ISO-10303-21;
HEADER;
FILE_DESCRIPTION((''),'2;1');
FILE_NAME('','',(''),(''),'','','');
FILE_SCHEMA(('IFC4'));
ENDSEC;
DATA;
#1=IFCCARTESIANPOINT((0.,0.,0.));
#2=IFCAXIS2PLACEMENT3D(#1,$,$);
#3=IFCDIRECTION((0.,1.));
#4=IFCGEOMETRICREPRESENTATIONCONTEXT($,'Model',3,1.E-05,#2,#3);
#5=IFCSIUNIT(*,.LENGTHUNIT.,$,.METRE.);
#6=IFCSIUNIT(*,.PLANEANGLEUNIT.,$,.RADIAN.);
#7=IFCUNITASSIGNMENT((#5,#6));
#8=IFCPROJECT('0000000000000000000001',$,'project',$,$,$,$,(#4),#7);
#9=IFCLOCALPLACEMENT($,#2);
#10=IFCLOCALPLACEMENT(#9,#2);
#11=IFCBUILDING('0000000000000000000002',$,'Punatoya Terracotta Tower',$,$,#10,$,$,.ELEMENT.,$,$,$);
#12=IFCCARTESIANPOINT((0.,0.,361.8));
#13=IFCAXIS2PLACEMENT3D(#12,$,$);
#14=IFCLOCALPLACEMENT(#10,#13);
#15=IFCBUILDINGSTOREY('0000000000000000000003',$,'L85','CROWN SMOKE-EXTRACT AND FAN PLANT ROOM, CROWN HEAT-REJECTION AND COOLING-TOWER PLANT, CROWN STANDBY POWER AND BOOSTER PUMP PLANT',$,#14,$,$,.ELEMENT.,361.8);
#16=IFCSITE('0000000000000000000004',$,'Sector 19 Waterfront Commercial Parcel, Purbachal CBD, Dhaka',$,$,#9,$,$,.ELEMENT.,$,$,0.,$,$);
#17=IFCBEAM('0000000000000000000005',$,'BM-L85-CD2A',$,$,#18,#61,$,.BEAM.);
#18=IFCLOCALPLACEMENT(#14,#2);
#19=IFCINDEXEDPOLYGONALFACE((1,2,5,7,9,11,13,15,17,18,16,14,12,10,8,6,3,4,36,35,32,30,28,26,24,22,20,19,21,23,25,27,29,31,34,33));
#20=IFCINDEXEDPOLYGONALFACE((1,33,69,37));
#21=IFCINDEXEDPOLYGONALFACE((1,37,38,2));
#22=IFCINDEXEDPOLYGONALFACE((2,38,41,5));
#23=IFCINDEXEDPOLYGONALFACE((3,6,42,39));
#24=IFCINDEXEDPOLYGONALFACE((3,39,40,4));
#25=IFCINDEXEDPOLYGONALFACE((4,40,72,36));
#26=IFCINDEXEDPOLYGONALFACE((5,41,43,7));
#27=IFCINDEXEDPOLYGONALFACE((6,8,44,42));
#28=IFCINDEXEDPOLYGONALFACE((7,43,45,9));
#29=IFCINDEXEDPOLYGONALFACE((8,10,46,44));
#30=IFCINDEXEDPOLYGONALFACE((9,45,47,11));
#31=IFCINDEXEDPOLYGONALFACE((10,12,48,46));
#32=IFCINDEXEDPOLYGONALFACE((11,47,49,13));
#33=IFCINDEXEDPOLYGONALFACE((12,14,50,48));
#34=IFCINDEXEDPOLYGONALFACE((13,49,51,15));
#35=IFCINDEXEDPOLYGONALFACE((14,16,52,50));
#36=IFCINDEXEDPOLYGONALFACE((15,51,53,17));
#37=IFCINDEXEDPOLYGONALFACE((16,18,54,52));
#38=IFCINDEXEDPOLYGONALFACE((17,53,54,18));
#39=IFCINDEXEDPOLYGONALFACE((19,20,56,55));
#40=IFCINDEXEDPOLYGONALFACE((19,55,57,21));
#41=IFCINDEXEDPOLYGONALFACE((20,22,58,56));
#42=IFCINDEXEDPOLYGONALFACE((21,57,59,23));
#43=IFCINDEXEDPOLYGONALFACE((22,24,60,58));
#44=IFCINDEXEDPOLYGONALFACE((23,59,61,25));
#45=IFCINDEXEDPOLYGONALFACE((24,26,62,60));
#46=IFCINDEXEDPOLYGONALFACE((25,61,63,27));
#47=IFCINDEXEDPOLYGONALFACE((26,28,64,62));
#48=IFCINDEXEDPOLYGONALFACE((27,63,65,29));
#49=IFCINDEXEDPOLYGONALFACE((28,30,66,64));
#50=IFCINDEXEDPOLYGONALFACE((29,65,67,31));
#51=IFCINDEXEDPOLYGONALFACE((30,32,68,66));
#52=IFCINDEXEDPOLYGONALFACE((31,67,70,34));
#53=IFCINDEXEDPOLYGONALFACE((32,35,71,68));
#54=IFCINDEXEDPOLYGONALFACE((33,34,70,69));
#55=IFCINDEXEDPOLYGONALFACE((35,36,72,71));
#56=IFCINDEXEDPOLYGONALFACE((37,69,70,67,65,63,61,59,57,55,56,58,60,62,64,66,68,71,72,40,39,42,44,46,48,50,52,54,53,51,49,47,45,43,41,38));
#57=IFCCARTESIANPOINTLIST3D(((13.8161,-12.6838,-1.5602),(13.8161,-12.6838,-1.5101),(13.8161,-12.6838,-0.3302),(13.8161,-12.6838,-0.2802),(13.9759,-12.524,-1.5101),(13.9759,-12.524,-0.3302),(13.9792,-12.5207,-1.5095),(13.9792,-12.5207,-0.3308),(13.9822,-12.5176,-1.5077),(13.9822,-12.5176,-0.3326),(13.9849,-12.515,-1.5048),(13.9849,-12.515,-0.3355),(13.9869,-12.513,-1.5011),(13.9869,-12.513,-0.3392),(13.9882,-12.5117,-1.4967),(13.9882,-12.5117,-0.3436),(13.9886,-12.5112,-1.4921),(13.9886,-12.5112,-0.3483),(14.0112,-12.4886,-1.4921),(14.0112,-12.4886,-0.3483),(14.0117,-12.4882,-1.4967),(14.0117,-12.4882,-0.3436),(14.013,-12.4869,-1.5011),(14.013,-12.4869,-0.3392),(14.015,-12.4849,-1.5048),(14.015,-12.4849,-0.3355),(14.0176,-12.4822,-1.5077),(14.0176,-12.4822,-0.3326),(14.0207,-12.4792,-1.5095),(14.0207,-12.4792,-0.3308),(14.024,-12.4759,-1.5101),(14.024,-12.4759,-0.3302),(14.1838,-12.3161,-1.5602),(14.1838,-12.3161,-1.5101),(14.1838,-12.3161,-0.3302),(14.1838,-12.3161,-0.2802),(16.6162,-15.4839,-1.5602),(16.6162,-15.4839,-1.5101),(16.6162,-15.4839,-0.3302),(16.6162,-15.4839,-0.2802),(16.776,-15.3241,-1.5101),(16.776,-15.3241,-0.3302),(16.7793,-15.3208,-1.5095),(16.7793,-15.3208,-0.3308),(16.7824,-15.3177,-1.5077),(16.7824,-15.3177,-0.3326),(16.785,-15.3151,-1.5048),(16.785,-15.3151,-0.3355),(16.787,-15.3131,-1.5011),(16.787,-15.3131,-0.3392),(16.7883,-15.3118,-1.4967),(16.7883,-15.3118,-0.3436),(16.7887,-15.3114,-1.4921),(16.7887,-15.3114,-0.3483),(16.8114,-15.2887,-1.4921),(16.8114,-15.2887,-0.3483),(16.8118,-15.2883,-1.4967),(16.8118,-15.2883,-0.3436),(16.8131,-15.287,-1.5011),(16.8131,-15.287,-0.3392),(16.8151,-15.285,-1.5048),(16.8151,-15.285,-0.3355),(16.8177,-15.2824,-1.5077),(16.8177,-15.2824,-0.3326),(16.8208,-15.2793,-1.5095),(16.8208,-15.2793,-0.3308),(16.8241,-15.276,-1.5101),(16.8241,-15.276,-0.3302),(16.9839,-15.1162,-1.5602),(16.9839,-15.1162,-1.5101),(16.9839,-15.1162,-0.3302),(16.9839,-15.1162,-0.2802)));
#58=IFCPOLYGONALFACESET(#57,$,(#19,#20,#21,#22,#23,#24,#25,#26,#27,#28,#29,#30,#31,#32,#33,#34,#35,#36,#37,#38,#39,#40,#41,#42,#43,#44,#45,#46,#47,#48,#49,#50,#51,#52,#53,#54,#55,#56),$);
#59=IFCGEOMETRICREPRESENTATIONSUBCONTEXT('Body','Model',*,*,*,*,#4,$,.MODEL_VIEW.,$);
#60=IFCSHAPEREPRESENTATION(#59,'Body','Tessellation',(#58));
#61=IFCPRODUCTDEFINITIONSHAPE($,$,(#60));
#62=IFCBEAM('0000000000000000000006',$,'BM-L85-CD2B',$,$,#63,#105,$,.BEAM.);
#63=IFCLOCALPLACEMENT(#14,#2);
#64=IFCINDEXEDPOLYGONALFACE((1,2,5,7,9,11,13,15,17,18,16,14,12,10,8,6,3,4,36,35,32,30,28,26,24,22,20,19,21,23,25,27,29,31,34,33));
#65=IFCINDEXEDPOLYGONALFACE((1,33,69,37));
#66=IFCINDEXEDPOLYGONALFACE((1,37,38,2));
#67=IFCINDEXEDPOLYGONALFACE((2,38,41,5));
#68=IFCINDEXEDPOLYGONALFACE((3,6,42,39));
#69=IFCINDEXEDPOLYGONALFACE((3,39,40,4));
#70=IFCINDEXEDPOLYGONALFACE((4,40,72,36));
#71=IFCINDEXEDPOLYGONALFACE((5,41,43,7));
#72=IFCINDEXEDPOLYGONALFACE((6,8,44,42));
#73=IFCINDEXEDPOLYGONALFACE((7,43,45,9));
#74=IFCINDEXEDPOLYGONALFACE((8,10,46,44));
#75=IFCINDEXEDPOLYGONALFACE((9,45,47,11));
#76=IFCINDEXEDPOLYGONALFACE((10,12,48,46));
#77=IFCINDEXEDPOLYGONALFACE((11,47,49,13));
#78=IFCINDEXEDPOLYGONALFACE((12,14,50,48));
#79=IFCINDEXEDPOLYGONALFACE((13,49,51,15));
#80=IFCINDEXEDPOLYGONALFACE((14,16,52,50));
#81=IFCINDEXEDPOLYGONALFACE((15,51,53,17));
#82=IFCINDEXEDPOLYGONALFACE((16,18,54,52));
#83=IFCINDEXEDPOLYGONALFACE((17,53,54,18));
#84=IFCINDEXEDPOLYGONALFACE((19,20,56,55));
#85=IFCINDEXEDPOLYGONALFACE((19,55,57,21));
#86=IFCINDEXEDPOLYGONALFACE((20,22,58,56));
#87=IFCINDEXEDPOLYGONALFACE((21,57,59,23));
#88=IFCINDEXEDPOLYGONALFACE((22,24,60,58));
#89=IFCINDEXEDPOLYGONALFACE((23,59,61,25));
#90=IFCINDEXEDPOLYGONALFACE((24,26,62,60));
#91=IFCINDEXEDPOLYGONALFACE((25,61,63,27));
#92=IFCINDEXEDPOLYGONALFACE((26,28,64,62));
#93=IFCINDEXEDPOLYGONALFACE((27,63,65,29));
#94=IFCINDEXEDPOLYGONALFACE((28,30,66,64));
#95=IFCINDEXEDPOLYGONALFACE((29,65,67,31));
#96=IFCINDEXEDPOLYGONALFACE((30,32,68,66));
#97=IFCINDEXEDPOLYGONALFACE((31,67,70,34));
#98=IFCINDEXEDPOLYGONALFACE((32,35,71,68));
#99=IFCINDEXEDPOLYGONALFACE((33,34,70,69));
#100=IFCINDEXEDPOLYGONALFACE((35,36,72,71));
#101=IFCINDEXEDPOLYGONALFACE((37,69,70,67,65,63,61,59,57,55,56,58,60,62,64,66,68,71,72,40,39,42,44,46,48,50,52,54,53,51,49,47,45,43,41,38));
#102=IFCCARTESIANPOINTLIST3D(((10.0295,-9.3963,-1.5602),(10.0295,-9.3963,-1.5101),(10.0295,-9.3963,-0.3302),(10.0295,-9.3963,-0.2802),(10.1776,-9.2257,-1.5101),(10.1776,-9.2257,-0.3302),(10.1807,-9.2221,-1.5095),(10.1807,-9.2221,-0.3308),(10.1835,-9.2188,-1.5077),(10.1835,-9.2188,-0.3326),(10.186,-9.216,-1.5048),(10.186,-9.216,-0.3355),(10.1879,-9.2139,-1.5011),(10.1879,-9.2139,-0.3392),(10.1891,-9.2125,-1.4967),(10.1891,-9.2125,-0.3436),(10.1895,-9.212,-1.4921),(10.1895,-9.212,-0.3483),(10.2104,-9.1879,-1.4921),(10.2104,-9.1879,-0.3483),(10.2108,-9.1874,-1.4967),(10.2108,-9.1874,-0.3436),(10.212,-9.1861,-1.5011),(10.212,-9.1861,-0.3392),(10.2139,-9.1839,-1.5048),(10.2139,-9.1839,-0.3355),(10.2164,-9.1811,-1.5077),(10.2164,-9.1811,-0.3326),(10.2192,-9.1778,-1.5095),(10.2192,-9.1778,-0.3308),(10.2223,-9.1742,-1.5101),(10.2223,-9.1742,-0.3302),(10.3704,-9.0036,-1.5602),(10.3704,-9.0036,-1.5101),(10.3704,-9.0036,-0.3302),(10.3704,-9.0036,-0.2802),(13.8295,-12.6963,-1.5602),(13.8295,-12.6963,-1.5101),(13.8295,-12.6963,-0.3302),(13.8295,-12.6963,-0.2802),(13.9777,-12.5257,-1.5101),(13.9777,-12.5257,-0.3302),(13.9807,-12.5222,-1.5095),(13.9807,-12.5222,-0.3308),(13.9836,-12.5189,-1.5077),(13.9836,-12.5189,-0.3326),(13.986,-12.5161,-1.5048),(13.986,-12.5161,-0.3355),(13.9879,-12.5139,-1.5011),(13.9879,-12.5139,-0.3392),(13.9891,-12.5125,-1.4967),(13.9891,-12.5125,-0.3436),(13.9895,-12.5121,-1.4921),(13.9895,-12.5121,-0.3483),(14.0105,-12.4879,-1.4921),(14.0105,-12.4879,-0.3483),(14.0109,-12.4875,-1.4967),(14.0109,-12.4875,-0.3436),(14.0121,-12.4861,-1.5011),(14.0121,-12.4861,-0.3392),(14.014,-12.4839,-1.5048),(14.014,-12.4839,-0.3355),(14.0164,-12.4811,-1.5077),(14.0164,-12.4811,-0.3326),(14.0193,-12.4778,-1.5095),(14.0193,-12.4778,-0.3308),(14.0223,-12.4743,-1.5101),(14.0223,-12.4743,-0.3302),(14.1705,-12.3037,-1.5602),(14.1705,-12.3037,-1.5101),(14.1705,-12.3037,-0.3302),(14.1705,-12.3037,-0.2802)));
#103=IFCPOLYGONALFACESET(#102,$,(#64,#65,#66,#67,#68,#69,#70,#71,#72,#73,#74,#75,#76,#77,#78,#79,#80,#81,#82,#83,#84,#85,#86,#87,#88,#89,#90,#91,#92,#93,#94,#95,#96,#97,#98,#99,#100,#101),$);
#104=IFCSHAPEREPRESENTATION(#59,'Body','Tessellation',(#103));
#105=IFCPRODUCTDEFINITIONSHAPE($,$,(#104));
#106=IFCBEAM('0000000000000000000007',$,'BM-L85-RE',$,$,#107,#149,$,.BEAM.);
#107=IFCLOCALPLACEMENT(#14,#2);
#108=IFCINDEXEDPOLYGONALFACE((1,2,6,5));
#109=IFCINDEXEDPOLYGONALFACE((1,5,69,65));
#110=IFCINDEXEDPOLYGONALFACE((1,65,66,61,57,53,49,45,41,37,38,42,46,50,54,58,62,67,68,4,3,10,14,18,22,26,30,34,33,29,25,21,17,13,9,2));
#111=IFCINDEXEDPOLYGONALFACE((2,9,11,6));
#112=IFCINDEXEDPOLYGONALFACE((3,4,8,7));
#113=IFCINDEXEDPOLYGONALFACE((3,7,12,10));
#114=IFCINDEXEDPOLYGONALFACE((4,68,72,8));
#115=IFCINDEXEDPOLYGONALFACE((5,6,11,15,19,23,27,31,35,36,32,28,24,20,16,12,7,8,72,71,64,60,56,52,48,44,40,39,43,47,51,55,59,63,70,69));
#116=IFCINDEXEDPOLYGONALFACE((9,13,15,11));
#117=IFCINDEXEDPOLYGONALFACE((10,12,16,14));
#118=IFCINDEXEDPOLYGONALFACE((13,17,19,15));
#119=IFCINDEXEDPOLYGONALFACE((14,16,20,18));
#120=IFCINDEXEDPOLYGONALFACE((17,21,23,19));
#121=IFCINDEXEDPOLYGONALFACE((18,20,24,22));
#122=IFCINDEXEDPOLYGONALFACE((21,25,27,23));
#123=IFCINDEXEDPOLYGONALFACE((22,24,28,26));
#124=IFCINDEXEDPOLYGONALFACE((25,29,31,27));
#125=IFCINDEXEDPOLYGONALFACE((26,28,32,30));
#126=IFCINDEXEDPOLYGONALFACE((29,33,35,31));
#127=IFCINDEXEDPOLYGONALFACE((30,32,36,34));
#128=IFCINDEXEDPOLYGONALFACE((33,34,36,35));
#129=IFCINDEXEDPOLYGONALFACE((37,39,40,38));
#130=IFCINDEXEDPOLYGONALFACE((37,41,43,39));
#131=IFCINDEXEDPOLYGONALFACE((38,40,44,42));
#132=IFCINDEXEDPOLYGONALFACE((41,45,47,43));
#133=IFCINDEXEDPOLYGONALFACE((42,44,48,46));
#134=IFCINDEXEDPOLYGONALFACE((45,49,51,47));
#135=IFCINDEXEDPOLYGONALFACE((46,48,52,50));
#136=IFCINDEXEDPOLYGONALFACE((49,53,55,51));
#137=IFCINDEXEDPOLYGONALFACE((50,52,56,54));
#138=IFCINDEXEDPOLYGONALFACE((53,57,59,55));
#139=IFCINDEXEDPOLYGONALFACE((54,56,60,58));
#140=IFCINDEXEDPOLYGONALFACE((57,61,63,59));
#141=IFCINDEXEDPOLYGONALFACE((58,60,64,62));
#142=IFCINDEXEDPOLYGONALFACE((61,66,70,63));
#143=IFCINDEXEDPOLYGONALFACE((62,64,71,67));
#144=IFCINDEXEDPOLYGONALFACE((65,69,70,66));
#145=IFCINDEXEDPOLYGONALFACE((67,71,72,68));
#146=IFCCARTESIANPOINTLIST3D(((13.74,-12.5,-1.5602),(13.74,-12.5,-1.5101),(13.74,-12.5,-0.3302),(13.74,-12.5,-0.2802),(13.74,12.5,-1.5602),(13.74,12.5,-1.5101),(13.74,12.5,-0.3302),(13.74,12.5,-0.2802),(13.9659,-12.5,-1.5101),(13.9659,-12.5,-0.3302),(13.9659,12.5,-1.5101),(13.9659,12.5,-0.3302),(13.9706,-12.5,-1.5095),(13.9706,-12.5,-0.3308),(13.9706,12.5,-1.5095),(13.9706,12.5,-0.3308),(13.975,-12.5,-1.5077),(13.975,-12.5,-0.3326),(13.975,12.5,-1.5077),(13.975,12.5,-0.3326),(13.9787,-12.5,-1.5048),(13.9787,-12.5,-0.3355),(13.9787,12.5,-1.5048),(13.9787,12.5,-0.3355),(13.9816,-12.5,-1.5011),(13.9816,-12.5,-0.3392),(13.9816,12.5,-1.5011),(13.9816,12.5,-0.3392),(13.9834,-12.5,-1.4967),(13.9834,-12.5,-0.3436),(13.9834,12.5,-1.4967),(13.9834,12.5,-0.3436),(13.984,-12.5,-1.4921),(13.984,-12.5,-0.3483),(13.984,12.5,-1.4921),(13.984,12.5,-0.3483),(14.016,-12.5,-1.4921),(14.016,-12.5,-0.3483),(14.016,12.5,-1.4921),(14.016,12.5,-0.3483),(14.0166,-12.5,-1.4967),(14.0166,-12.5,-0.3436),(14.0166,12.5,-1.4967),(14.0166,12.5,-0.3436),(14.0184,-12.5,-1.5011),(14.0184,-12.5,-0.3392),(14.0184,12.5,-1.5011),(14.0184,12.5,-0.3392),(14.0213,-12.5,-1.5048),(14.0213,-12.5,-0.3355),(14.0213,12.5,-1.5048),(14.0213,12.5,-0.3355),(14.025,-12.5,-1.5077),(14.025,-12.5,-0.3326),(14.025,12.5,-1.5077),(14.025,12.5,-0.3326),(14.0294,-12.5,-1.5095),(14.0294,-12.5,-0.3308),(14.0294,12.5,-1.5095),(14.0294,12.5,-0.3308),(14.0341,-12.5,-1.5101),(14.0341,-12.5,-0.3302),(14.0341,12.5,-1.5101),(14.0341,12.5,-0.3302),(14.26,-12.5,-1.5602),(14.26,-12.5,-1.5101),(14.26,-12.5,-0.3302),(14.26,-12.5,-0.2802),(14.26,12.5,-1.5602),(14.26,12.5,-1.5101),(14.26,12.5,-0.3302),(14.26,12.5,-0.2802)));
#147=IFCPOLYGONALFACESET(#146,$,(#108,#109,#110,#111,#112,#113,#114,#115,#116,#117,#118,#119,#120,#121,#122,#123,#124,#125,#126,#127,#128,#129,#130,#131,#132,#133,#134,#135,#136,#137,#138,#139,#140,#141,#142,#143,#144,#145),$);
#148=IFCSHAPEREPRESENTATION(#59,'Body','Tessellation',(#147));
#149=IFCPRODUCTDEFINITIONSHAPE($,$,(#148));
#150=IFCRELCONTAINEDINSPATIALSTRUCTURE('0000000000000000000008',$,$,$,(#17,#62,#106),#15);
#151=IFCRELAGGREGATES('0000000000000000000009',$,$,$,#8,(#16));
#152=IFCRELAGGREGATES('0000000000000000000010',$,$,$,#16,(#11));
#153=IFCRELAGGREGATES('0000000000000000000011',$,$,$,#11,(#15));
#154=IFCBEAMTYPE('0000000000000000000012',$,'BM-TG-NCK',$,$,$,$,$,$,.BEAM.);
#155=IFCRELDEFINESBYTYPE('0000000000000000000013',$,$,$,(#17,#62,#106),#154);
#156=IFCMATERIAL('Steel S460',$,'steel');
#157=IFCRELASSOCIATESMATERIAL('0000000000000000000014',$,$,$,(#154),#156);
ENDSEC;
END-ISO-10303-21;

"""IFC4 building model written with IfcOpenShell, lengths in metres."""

from ifc_helpers import new_model, si_unit, direction, frame, origin, origin_2d, place, context, subcontext, project, spatial, i_section, extrude, material, material_profile, profile_set, type_object, element, save


model = new_model("IFC4")

# Units and contexts
model_context = context("Model", 3, precision=1e-05, world=origin(), true_north=direction((0.0, 1.0)))
body_context = subcontext(model_context, "Body", "Model", "MODEL_VIEW")
ifc_project = project(units=[si_unit("LENGTHUNIT", "METRE"), si_unit("PLANEANGLEUNIT", "RADIAN")], contexts=[model_context])

# Site, building, storey
site_placement = place(None, origin())
site = spatial("IfcSite", under=ifc_project, at=site_placement, Name="Sector 19 Waterfront Commercial Parcel, Purbachal CBD, Dhaka", CompositionType="ELEMENT", RefElevation=0.0)
building_placement = place(site_placement, origin())
building = spatial("IfcBuilding", under=site, at=building_placement, Name="Punatoya Terracotta Tower", CompositionType="ELEMENT")
storey_placement = place(building_placement, frame((0.0, 0.0, 361.8)))
storey = spatial("IfcBuildingStorey", under=building, at=storey_placement, Name="L85", Description="CROWN SMOKE-EXTRACT AND FAN PLANT ROOM, CROWN HEAT-REJECTION AND COOLING-TOWER PLANT, CROWN STANDBY POWER AND BOOSTER PUMP PLANT", CompositionType="ELEMENT", Elevation=361.8)

# Beams
ifc_material_1 = material(Name="Steel S460", Category="steel")
ifc_material_profile_1 = material_profile(ifc_material_1, i_section(OverallWidth=0.52, OverallDepth=1.28, WebThickness=0.032, FlangeThickness=0.05, FilletRadius=0.0181, at=origin_2d()))
ifc_profile_set_1 = profile_set([ifc_material_profile_1], Name="Steel S460")
beam_type_1 = type_object("IfcBeamType", Name="BM-TG-NCK", PredefinedType="BEAM", material=ifc_profile_set_1)
beam_1_placement = place(storey_placement, frame((16.8, -15.3, -0.9202), z_axis=(-0.707107, 0.707107, 0.0), x_axis=(-0.707107, -0.707107, 0.0)))
element("IfcBeam", 1, at=beam_1_placement, inside=storey, type_object=beam_type_1, Name="BM-L85-CD2A", PredefinedType="BEAM", context=body_context, shape_type="SweptSolid", body=[
    extrude(i_section(OverallWidth=0.52, OverallDepth=1.28, WebThickness=0.032, FlangeThickness=0.05, FilletRadius=0.0181, at=origin_2d()), origin(), (0.0, 0.0, 1.0), 3.96),
])
beam_2_placement = place(storey_placement, frame((14.0, -12.5, -0.9202), z_axis=(-0.755032, 0.655687, 0.0), x_axis=(-0.655687, -0.755032, 0.0)))
element("IfcBeam", 2, at=beam_2_placement, inside=storey, type_object=beam_type_1, Name="BM-L85-CD2B", PredefinedType="BEAM", context=body_context, shape_type="SweptSolid", body=[
    extrude(i_section(OverallWidth=0.52, OverallDepth=1.28, WebThickness=0.032, FlangeThickness=0.05, FilletRadius=0.0181, at=origin_2d()), origin(), (0.0, 0.0, 1.0), 5.033),
])
beam_3_placement = place(storey_placement, frame((14.0, -12.5, -0.9202), z_axis=(0.0, 1.0, 0.0), x_axis=(-1.0, 0.0, 0.0)))
element("IfcBeam", 3, at=beam_3_placement, inside=storey, type_object=beam_type_1, Name="BM-L85-RE", PredefinedType="BEAM", context=body_context, shape_type="SweptSolid", body=[
    extrude(i_section(OverallWidth=0.52, OverallDepth=1.28, WebThickness=0.032, FlangeThickness=0.05, FilletRadius=0.0181, at=origin_2d()), origin(), (0.0, 0.0, 1.0), 25.0),
])

save(model, "model.ifc")
